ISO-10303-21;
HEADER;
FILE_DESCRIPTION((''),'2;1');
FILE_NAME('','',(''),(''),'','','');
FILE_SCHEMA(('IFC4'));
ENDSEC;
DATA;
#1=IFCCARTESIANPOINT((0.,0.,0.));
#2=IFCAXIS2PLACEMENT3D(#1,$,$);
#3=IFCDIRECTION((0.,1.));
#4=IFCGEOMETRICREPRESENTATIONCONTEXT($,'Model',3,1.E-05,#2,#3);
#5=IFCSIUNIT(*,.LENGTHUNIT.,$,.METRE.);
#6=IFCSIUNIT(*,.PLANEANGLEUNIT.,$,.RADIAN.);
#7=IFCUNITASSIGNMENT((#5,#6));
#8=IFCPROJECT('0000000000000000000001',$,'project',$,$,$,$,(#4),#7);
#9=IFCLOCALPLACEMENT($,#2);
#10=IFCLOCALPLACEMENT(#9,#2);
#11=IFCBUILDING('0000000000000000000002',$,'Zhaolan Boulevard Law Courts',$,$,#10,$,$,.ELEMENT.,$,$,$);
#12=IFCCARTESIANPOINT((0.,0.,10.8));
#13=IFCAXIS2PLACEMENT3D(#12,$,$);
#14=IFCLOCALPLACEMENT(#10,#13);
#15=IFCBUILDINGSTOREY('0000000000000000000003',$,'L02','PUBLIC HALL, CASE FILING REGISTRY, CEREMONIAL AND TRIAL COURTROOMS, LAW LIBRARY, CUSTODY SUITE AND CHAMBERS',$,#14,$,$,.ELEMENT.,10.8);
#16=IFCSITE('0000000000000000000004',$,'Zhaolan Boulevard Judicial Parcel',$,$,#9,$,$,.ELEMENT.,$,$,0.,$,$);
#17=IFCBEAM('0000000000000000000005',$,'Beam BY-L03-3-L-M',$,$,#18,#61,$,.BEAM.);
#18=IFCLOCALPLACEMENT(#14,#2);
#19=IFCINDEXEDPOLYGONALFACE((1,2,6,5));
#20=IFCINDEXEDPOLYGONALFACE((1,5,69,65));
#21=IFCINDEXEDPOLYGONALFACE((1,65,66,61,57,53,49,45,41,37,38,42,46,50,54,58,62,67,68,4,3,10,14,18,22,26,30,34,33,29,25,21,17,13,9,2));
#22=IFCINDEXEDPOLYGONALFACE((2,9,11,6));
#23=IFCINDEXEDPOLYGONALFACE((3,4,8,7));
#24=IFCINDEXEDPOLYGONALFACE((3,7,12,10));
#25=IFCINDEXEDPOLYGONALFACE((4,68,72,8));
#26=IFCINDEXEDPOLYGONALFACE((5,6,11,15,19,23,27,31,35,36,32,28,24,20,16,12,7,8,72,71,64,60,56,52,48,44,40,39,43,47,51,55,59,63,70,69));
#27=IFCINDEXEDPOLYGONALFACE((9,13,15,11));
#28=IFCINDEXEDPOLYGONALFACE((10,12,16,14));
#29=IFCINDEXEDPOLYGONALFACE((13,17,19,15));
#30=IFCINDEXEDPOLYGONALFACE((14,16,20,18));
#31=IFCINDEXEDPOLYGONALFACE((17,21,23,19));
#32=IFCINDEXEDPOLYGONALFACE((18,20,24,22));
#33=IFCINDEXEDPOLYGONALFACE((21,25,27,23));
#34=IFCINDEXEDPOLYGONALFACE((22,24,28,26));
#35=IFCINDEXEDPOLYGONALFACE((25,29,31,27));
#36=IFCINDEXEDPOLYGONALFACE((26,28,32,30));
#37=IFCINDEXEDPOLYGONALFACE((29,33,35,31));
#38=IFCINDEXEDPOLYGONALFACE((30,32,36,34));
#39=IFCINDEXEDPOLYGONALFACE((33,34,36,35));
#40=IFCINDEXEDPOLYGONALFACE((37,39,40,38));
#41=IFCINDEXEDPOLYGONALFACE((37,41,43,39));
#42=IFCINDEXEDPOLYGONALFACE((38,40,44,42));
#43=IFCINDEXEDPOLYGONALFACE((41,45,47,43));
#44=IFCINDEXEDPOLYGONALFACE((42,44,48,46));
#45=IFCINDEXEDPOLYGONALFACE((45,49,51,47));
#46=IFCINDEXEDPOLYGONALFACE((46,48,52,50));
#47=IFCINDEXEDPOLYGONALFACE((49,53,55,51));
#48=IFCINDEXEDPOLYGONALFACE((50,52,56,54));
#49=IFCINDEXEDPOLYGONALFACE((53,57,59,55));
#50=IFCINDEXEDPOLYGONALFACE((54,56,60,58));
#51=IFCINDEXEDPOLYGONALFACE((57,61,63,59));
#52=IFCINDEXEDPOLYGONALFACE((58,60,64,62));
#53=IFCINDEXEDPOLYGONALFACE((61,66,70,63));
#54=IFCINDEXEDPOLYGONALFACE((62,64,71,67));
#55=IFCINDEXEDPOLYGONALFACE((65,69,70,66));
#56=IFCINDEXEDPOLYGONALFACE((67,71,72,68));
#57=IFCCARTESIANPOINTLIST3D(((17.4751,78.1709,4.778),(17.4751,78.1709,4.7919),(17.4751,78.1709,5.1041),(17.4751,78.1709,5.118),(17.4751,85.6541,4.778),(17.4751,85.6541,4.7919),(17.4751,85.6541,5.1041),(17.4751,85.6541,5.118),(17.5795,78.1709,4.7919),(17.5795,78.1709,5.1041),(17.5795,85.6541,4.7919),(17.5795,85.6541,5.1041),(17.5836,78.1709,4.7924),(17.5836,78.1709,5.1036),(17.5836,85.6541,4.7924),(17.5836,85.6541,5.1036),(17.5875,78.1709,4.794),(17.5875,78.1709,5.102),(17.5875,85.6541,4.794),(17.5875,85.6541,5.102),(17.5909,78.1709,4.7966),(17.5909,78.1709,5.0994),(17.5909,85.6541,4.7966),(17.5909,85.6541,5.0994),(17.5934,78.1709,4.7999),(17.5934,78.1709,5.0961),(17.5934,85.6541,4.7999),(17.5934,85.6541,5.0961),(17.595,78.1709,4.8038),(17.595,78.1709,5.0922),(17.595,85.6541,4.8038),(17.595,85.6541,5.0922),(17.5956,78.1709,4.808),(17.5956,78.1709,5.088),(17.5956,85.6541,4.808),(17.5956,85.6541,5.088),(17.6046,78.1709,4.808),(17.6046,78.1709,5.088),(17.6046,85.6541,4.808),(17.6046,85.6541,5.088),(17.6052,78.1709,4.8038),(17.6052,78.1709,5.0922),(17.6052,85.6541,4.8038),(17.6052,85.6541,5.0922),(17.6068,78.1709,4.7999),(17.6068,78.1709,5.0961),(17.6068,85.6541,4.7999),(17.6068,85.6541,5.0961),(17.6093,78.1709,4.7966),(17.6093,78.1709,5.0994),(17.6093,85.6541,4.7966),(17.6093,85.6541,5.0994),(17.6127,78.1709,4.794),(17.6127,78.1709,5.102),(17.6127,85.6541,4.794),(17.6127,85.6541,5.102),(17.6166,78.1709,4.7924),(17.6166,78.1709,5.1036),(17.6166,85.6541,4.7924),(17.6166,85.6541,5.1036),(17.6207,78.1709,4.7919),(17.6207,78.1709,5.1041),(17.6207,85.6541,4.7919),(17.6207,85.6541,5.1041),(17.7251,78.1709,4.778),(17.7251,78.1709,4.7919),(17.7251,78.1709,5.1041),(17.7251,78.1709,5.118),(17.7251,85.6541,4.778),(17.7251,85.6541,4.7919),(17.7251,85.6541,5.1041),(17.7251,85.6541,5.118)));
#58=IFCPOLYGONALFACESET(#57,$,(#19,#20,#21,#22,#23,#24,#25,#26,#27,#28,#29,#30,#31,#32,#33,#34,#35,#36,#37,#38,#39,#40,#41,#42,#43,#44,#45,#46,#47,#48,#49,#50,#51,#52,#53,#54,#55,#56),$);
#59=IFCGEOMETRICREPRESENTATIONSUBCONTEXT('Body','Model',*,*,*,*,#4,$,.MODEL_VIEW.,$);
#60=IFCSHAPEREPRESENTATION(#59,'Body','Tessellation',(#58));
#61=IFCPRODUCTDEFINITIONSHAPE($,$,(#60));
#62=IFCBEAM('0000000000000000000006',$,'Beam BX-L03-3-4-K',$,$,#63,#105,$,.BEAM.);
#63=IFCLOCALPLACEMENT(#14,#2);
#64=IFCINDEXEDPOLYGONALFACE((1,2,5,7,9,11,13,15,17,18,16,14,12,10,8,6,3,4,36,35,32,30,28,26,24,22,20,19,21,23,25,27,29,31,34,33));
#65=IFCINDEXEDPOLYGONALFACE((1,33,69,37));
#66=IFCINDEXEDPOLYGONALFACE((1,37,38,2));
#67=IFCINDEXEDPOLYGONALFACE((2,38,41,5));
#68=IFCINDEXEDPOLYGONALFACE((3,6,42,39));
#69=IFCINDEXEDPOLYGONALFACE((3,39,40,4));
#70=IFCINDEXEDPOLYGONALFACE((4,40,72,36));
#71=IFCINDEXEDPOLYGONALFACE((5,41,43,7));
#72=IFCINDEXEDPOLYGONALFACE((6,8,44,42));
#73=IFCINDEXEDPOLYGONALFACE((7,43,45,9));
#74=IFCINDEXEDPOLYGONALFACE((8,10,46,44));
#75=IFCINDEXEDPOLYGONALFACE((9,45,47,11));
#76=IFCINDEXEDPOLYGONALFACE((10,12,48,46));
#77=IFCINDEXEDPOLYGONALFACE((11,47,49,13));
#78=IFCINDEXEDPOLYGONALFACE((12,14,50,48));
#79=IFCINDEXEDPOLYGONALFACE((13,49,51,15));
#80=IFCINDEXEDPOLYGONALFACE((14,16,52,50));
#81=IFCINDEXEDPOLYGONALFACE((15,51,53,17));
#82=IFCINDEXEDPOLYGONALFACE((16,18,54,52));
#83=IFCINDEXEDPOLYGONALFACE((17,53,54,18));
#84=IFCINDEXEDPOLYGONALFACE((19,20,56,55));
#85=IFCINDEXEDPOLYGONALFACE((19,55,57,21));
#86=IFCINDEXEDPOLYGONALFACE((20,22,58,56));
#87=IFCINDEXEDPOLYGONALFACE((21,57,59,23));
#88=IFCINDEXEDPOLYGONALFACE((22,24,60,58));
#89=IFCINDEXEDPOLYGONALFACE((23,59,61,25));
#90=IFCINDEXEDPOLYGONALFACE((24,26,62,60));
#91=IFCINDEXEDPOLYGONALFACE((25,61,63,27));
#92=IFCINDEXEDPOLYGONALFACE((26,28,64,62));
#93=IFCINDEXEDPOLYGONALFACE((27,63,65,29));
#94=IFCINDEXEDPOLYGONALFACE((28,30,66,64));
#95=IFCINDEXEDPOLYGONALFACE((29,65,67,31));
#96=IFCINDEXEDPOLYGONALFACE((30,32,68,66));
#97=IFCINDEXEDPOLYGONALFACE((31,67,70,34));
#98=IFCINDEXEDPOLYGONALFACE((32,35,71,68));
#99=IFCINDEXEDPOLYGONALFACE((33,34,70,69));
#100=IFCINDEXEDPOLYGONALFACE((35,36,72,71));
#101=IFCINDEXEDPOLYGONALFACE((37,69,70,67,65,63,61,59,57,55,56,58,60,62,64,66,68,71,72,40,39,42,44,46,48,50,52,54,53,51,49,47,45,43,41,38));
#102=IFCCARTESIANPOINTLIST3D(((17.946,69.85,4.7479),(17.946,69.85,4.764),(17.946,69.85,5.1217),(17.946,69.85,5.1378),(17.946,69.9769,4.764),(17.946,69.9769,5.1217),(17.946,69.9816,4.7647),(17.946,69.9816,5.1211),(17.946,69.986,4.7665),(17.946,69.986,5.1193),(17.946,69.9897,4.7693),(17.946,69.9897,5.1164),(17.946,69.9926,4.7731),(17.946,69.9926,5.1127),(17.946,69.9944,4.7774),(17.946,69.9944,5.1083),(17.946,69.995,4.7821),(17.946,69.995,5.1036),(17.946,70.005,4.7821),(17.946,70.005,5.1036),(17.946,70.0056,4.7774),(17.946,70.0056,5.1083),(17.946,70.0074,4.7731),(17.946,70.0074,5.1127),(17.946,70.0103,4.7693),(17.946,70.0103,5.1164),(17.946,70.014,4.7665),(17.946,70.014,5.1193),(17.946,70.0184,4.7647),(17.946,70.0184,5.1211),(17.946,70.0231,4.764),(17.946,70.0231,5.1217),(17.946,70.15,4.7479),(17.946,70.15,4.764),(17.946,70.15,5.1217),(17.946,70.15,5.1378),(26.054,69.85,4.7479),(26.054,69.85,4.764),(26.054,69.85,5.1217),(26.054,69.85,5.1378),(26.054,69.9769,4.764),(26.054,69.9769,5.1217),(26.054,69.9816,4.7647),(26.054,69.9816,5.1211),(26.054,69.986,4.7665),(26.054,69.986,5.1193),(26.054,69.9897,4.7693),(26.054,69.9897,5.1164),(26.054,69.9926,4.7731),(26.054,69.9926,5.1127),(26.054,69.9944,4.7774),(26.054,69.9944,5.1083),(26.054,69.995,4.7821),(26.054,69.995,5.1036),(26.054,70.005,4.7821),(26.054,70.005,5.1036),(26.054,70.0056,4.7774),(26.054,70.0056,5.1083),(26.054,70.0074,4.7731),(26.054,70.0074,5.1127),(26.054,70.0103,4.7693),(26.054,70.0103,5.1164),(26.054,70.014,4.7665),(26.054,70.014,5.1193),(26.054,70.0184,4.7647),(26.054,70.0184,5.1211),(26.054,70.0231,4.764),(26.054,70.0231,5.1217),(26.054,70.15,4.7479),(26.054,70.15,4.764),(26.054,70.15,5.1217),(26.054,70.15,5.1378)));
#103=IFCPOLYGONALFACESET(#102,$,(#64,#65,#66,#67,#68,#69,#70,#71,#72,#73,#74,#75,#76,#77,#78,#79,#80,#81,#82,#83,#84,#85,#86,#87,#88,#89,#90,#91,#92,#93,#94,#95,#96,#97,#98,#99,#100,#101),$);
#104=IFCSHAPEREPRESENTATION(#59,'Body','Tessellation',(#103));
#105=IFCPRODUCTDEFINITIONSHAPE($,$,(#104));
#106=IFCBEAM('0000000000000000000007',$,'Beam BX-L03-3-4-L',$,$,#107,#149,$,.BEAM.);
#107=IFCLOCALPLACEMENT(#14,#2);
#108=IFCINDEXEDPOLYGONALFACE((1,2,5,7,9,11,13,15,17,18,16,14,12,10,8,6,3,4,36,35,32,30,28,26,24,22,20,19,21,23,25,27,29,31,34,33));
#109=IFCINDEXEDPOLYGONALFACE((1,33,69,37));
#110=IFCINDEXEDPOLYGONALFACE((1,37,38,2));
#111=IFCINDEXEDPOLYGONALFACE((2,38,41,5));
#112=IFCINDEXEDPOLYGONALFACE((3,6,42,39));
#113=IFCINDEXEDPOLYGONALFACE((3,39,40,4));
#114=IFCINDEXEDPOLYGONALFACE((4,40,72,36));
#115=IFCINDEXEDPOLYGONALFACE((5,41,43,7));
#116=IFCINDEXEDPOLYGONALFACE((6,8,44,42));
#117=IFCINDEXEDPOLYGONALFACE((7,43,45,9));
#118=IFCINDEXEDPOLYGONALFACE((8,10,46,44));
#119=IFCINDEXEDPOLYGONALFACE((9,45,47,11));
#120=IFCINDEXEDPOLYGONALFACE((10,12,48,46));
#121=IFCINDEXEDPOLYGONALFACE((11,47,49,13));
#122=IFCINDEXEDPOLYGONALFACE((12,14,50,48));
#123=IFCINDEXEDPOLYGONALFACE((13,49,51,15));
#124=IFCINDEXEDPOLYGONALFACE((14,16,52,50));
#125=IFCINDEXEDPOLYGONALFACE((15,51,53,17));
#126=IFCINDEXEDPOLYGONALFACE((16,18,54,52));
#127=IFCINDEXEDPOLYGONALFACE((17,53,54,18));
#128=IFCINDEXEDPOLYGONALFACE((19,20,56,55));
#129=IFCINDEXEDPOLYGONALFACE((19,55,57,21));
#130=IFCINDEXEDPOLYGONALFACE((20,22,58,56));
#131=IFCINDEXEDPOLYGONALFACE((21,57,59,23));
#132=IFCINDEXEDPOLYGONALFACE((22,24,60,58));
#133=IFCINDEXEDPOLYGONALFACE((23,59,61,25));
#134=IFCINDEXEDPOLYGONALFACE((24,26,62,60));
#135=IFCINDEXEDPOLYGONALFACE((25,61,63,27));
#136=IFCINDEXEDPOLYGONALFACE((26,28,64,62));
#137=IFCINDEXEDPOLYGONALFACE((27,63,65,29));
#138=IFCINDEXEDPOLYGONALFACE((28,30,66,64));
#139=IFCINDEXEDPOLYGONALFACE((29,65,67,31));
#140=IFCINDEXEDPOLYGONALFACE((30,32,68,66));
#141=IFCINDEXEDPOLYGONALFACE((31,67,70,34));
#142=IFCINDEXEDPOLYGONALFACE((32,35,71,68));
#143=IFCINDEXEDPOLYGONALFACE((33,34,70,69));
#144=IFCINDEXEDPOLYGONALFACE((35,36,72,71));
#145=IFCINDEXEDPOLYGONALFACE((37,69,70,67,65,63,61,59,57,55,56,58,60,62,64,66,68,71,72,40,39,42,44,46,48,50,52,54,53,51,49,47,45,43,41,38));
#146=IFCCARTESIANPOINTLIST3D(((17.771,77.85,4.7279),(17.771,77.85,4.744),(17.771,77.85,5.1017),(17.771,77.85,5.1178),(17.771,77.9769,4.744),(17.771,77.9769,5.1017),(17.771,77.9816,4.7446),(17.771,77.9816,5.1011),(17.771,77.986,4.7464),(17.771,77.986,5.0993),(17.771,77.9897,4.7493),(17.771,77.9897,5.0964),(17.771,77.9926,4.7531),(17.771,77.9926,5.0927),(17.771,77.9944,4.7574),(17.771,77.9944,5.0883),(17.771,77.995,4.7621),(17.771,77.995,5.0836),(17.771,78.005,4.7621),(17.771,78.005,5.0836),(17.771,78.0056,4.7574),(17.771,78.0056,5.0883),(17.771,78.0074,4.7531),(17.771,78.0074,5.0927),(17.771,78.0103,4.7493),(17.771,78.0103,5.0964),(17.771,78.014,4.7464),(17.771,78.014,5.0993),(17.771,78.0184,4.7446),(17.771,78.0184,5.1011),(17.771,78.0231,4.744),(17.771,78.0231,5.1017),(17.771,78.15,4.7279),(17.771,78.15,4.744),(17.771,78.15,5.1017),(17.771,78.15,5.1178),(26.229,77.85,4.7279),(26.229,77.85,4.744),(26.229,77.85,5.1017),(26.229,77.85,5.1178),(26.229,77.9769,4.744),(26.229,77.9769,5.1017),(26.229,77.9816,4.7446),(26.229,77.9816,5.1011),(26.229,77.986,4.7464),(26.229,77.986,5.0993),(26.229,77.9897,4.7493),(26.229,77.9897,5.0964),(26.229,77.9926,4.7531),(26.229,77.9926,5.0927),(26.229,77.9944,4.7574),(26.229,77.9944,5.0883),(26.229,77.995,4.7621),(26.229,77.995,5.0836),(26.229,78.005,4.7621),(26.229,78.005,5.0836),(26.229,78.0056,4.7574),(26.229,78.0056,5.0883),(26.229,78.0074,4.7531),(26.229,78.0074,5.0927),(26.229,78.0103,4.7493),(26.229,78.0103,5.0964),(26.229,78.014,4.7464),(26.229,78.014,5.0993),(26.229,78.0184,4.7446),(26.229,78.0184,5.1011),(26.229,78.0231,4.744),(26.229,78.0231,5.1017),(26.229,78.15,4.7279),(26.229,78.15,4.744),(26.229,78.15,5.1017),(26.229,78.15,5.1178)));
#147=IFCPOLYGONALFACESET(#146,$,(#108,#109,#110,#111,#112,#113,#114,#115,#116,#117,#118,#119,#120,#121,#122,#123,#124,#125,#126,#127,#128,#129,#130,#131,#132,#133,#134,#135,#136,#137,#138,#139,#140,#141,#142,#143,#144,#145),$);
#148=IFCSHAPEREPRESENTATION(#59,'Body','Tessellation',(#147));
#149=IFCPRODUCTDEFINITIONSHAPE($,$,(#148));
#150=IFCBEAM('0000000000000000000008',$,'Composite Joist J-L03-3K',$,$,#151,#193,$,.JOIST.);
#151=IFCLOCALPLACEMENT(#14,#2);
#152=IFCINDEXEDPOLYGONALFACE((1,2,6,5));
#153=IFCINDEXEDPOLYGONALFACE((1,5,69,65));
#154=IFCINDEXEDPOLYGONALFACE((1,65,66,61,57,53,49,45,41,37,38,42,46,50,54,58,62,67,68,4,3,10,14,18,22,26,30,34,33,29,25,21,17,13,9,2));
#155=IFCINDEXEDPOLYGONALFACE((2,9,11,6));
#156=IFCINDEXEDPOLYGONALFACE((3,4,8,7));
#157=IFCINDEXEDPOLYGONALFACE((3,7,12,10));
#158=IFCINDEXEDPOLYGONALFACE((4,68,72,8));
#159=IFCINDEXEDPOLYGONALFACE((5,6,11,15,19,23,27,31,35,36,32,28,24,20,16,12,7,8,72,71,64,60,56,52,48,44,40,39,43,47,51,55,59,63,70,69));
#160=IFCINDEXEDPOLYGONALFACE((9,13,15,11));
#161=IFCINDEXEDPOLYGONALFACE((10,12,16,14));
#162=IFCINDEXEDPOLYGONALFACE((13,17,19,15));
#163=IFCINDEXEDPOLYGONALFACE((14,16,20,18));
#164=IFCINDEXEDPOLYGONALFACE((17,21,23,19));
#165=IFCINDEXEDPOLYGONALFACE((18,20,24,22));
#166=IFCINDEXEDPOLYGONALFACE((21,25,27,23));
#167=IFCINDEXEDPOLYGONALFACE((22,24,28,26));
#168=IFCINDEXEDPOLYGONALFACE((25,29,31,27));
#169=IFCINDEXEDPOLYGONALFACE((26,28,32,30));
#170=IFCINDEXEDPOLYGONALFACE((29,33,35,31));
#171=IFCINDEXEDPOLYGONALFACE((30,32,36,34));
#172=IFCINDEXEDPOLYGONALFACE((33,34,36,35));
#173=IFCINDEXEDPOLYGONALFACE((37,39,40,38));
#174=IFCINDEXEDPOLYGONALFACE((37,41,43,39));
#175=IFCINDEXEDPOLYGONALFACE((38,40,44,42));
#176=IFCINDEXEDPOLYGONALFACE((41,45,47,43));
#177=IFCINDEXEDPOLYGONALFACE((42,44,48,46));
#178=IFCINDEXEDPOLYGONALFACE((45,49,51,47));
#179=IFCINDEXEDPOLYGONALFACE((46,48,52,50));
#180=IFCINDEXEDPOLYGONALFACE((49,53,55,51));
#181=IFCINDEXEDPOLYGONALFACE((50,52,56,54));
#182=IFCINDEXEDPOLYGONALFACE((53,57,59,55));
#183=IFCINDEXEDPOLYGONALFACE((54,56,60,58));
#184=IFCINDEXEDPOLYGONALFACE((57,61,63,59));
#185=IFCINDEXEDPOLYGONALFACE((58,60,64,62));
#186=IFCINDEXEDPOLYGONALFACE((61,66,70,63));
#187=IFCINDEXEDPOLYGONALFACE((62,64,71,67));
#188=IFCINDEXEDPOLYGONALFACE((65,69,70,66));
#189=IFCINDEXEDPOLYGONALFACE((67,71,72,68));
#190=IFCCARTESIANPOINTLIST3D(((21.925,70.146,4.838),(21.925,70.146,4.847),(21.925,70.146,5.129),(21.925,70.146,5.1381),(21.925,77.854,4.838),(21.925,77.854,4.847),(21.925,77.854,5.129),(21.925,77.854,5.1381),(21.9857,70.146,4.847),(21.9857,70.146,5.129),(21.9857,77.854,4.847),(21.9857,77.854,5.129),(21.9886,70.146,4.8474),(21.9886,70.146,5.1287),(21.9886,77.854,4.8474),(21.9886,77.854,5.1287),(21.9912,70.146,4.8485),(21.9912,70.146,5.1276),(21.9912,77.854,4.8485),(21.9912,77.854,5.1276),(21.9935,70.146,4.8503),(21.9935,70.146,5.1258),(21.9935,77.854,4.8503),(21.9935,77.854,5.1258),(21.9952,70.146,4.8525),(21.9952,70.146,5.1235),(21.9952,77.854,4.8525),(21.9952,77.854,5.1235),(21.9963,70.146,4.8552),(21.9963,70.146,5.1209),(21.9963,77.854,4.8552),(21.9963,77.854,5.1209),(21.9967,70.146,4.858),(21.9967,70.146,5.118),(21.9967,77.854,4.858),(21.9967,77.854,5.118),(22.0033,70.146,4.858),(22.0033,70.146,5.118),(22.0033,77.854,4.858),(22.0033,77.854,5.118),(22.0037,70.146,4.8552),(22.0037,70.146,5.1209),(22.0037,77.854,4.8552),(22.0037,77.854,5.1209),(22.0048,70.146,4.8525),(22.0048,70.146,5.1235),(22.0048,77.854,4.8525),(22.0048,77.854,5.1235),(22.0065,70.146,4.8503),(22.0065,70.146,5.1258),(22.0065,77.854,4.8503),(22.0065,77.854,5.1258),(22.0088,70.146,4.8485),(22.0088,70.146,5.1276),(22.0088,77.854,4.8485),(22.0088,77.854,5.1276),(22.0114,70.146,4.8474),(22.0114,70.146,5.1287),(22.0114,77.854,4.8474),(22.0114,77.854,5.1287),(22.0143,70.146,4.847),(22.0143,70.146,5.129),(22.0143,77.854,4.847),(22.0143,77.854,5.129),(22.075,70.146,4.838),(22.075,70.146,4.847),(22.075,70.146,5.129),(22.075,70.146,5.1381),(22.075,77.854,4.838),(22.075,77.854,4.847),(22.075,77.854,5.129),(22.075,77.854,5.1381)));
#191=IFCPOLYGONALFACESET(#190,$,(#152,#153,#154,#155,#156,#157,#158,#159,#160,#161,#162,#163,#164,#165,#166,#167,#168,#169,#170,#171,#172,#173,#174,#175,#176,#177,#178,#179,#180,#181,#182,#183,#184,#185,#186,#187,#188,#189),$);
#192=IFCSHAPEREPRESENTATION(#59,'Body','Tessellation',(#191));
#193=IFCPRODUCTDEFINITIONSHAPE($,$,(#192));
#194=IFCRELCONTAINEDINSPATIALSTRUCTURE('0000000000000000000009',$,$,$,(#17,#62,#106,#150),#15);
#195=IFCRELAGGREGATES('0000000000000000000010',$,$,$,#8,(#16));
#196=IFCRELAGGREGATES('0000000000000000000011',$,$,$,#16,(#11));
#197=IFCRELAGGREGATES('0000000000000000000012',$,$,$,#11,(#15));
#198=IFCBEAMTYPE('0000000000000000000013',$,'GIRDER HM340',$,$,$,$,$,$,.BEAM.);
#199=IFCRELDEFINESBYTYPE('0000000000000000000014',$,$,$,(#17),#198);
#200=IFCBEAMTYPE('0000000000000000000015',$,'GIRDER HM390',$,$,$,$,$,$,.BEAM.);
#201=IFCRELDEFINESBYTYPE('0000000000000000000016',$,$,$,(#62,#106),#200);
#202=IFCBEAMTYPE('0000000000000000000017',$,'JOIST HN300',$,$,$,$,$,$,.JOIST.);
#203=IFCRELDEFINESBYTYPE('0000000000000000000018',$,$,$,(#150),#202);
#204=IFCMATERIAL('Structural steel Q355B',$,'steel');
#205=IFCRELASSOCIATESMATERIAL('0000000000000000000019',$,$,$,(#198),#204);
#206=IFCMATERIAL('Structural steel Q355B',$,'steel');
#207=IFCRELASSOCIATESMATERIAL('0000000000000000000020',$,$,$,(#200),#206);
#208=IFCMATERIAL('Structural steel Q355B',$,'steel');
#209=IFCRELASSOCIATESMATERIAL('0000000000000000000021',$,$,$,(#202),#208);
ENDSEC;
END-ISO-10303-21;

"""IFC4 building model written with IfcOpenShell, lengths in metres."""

from ifc_helpers import new_model, si_unit, direction, frame, origin, origin_2d, place, context, subcontext, project, spatial, i_section, extrude, material, material_profile, profile_set, type_object, element, save


model = new_model("IFC4")

# Units and contexts
model_context = context("Model", 3, precision=1e-05, world=origin(), true_north=direction((0.0, 1.0)))
body_context = subcontext(model_context, "Body", "Model", "MODEL_VIEW")
ifc_project = project(units=[si_unit("LENGTHUNIT", "METRE"), si_unit("PLANEANGLEUNIT", "RADIAN")], contexts=[model_context])

# Site, building, storey
site_placement = place(None, origin())
site = spatial("IfcSite", under=ifc_project, at=site_placement, Name="Zhaolan Boulevard Judicial Parcel", CompositionType="ELEMENT", RefElevation=0.0)
building_placement = place(site_placement, origin())
building = spatial("IfcBuilding", under=site, at=building_placement, Name="Zhaolan Boulevard Law Courts", CompositionType="ELEMENT")
storey_placement = place(building_placement, frame((0.0, 0.0, 10.8)))
storey = spatial("IfcBuildingStorey", under=building, at=storey_placement, Name="L02", Description="PUBLIC HALL, CASE FILING REGISTRY, CEREMONIAL AND TRIAL COURTROOMS, LAW LIBRARY, CUSTODY SUITE AND CHAMBERS", CompositionType="ELEMENT", Elevation=10.8)

# Beams
ifc_material_1 = material(Name="Structural steel Q355B", Category="steel")
ifc_material_profile_1 = material_profile(ifc_material_1, i_section(OverallWidth=0.25, OverallDepth=0.3401, WebThickness=0.009, FlangeThickness=0.0139, FilletRadius=0.0161, at=origin_2d()), Name="HM340x250")
ifc_profile_set_1 = profile_set([ifc_material_profile_1], Name="Structural steel Q355B")
beam_type_1 = type_object("IfcBeamType", Name="GIRDER HM340", PredefinedType="BEAM", material=ifc_profile_set_1)
for number, where, z_axis, x_axis, name in (
    (1, (17.6001, 78.1709, 4.948), (0.0, 1.0, 0.0), (-1.0, 0.0, 0.0), "Beam BY-L03-3-L-M"),
):
    element("IfcBeam", number, at=place(storey_placement, frame(where, z_axis=z_axis, x_axis=x_axis)), inside=storey, type_object=beam_type_1, Name=name, PredefinedType="BEAM", context=body_context, shape_type="SweptSolid", body=[
        extrude(i_section(OverallWidth=0.25, OverallDepth=0.3401, WebThickness=0.009, FlangeThickness=0.0139, FilletRadius=0.0161, at=origin_2d()), origin(), (0.0, 0.0, 1.0), 7.4832),
    ])
ifc_material_2 = material(Name="Structural steel Q355B", Category="steel")
ifc_material_profile_2 = material_profile(ifc_material_2, i_section(OverallWidth=0.3, OverallDepth=0.3899, WebThickness=0.01, FlangeThickness=0.0161, FilletRadius=0.0181, at=origin_2d()), Name="HM390x300")
ifc_profile_set_2 = profile_set([ifc_material_profile_2], Name="Structural steel Q355B")
beam_type_2 = type_object("IfcBeamType", Name="GIRDER HM390", PredefinedType="BEAM", material=ifc_profile_set_2)
beam_1_placement = place(storey_placement, frame((17.946, 70.0, 4.9429), z_axis=(1.0, 0.0, 0.0), x_axis=(0.0, 1.0, 0.0)))
element("IfcBeam", 2, at=beam_1_placement, inside=storey, type_object=beam_type_2, Name="Beam BX-L03-3-4-K", PredefinedType="BEAM", context=body_context, shape_type="SweptSolid", body=[
    extrude(i_section(OverallWidth=0.3, OverallDepth=0.3899, WebThickness=0.01, FlangeThickness=0.0161, FilletRadius=0.0181, at=origin_2d()), origin(), (0.0, 0.0, 1.0), 8.1079),
])
beam_2_placement = place(storey_placement, frame((17.771, 78.0, 4.9229), z_axis=(1.0, 0.0, 0.0), x_axis=(0.0, 1.0, 0.0)))
element("IfcBeam", 3, at=beam_2_placement, inside=storey, type_object=beam_type_2, Name="Beam BX-L03-3-4-L", PredefinedType="BEAM", context=body_context, shape_type="SweptSolid", body=[
    extrude(i_section(OverallWidth=0.3, OverallDepth=0.3899, WebThickness=0.01, FlangeThickness=0.0161, FilletRadius=0.0181, at=origin_2d()), origin(), (0.0, 0.0, 1.0), 8.458),
])
ifc_material_3 = material(Name="Structural steel Q355B", Category="steel")
ifc_material_profile_3 = material_profile(ifc_material_3, i_section(OverallWidth=0.1499, OverallDepth=0.3, WebThickness=0.0066, FlangeThickness=0.009, FilletRadius=0.011, at=origin_2d()), Name="HN300x150")
ifc_profile_set_3 = profile_set([ifc_material_profile_3], Name="Structural steel Q355B")
beam_type_3 = type_object("IfcBeamType", Name="JOIST HN300", PredefinedType="JOIST", material=ifc_profile_set_3)
beam_3_placement = place(storey_placement, frame((22.0, 70.146, 4.988), z_axis=(0.0, 1.0, 0.0), x_axis=(-1.0, 0.0, 0.0)))
element("IfcBeam", 4, at=beam_3_placement, inside=storey, type_object=beam_type_3, Name="Composite Joist J-L03-3K", PredefinedType="JOIST", context=body_context, shape_type="SweptSolid", body=[
    extrude(i_section(OverallWidth=0.1499, OverallDepth=0.3, WebThickness=0.0066, FlangeThickness=0.009, FilletRadius=0.011, at=origin_2d()), origin(), (0.0, 0.0, 1.0), 7.708),
])

save(model, "model.ifc")
